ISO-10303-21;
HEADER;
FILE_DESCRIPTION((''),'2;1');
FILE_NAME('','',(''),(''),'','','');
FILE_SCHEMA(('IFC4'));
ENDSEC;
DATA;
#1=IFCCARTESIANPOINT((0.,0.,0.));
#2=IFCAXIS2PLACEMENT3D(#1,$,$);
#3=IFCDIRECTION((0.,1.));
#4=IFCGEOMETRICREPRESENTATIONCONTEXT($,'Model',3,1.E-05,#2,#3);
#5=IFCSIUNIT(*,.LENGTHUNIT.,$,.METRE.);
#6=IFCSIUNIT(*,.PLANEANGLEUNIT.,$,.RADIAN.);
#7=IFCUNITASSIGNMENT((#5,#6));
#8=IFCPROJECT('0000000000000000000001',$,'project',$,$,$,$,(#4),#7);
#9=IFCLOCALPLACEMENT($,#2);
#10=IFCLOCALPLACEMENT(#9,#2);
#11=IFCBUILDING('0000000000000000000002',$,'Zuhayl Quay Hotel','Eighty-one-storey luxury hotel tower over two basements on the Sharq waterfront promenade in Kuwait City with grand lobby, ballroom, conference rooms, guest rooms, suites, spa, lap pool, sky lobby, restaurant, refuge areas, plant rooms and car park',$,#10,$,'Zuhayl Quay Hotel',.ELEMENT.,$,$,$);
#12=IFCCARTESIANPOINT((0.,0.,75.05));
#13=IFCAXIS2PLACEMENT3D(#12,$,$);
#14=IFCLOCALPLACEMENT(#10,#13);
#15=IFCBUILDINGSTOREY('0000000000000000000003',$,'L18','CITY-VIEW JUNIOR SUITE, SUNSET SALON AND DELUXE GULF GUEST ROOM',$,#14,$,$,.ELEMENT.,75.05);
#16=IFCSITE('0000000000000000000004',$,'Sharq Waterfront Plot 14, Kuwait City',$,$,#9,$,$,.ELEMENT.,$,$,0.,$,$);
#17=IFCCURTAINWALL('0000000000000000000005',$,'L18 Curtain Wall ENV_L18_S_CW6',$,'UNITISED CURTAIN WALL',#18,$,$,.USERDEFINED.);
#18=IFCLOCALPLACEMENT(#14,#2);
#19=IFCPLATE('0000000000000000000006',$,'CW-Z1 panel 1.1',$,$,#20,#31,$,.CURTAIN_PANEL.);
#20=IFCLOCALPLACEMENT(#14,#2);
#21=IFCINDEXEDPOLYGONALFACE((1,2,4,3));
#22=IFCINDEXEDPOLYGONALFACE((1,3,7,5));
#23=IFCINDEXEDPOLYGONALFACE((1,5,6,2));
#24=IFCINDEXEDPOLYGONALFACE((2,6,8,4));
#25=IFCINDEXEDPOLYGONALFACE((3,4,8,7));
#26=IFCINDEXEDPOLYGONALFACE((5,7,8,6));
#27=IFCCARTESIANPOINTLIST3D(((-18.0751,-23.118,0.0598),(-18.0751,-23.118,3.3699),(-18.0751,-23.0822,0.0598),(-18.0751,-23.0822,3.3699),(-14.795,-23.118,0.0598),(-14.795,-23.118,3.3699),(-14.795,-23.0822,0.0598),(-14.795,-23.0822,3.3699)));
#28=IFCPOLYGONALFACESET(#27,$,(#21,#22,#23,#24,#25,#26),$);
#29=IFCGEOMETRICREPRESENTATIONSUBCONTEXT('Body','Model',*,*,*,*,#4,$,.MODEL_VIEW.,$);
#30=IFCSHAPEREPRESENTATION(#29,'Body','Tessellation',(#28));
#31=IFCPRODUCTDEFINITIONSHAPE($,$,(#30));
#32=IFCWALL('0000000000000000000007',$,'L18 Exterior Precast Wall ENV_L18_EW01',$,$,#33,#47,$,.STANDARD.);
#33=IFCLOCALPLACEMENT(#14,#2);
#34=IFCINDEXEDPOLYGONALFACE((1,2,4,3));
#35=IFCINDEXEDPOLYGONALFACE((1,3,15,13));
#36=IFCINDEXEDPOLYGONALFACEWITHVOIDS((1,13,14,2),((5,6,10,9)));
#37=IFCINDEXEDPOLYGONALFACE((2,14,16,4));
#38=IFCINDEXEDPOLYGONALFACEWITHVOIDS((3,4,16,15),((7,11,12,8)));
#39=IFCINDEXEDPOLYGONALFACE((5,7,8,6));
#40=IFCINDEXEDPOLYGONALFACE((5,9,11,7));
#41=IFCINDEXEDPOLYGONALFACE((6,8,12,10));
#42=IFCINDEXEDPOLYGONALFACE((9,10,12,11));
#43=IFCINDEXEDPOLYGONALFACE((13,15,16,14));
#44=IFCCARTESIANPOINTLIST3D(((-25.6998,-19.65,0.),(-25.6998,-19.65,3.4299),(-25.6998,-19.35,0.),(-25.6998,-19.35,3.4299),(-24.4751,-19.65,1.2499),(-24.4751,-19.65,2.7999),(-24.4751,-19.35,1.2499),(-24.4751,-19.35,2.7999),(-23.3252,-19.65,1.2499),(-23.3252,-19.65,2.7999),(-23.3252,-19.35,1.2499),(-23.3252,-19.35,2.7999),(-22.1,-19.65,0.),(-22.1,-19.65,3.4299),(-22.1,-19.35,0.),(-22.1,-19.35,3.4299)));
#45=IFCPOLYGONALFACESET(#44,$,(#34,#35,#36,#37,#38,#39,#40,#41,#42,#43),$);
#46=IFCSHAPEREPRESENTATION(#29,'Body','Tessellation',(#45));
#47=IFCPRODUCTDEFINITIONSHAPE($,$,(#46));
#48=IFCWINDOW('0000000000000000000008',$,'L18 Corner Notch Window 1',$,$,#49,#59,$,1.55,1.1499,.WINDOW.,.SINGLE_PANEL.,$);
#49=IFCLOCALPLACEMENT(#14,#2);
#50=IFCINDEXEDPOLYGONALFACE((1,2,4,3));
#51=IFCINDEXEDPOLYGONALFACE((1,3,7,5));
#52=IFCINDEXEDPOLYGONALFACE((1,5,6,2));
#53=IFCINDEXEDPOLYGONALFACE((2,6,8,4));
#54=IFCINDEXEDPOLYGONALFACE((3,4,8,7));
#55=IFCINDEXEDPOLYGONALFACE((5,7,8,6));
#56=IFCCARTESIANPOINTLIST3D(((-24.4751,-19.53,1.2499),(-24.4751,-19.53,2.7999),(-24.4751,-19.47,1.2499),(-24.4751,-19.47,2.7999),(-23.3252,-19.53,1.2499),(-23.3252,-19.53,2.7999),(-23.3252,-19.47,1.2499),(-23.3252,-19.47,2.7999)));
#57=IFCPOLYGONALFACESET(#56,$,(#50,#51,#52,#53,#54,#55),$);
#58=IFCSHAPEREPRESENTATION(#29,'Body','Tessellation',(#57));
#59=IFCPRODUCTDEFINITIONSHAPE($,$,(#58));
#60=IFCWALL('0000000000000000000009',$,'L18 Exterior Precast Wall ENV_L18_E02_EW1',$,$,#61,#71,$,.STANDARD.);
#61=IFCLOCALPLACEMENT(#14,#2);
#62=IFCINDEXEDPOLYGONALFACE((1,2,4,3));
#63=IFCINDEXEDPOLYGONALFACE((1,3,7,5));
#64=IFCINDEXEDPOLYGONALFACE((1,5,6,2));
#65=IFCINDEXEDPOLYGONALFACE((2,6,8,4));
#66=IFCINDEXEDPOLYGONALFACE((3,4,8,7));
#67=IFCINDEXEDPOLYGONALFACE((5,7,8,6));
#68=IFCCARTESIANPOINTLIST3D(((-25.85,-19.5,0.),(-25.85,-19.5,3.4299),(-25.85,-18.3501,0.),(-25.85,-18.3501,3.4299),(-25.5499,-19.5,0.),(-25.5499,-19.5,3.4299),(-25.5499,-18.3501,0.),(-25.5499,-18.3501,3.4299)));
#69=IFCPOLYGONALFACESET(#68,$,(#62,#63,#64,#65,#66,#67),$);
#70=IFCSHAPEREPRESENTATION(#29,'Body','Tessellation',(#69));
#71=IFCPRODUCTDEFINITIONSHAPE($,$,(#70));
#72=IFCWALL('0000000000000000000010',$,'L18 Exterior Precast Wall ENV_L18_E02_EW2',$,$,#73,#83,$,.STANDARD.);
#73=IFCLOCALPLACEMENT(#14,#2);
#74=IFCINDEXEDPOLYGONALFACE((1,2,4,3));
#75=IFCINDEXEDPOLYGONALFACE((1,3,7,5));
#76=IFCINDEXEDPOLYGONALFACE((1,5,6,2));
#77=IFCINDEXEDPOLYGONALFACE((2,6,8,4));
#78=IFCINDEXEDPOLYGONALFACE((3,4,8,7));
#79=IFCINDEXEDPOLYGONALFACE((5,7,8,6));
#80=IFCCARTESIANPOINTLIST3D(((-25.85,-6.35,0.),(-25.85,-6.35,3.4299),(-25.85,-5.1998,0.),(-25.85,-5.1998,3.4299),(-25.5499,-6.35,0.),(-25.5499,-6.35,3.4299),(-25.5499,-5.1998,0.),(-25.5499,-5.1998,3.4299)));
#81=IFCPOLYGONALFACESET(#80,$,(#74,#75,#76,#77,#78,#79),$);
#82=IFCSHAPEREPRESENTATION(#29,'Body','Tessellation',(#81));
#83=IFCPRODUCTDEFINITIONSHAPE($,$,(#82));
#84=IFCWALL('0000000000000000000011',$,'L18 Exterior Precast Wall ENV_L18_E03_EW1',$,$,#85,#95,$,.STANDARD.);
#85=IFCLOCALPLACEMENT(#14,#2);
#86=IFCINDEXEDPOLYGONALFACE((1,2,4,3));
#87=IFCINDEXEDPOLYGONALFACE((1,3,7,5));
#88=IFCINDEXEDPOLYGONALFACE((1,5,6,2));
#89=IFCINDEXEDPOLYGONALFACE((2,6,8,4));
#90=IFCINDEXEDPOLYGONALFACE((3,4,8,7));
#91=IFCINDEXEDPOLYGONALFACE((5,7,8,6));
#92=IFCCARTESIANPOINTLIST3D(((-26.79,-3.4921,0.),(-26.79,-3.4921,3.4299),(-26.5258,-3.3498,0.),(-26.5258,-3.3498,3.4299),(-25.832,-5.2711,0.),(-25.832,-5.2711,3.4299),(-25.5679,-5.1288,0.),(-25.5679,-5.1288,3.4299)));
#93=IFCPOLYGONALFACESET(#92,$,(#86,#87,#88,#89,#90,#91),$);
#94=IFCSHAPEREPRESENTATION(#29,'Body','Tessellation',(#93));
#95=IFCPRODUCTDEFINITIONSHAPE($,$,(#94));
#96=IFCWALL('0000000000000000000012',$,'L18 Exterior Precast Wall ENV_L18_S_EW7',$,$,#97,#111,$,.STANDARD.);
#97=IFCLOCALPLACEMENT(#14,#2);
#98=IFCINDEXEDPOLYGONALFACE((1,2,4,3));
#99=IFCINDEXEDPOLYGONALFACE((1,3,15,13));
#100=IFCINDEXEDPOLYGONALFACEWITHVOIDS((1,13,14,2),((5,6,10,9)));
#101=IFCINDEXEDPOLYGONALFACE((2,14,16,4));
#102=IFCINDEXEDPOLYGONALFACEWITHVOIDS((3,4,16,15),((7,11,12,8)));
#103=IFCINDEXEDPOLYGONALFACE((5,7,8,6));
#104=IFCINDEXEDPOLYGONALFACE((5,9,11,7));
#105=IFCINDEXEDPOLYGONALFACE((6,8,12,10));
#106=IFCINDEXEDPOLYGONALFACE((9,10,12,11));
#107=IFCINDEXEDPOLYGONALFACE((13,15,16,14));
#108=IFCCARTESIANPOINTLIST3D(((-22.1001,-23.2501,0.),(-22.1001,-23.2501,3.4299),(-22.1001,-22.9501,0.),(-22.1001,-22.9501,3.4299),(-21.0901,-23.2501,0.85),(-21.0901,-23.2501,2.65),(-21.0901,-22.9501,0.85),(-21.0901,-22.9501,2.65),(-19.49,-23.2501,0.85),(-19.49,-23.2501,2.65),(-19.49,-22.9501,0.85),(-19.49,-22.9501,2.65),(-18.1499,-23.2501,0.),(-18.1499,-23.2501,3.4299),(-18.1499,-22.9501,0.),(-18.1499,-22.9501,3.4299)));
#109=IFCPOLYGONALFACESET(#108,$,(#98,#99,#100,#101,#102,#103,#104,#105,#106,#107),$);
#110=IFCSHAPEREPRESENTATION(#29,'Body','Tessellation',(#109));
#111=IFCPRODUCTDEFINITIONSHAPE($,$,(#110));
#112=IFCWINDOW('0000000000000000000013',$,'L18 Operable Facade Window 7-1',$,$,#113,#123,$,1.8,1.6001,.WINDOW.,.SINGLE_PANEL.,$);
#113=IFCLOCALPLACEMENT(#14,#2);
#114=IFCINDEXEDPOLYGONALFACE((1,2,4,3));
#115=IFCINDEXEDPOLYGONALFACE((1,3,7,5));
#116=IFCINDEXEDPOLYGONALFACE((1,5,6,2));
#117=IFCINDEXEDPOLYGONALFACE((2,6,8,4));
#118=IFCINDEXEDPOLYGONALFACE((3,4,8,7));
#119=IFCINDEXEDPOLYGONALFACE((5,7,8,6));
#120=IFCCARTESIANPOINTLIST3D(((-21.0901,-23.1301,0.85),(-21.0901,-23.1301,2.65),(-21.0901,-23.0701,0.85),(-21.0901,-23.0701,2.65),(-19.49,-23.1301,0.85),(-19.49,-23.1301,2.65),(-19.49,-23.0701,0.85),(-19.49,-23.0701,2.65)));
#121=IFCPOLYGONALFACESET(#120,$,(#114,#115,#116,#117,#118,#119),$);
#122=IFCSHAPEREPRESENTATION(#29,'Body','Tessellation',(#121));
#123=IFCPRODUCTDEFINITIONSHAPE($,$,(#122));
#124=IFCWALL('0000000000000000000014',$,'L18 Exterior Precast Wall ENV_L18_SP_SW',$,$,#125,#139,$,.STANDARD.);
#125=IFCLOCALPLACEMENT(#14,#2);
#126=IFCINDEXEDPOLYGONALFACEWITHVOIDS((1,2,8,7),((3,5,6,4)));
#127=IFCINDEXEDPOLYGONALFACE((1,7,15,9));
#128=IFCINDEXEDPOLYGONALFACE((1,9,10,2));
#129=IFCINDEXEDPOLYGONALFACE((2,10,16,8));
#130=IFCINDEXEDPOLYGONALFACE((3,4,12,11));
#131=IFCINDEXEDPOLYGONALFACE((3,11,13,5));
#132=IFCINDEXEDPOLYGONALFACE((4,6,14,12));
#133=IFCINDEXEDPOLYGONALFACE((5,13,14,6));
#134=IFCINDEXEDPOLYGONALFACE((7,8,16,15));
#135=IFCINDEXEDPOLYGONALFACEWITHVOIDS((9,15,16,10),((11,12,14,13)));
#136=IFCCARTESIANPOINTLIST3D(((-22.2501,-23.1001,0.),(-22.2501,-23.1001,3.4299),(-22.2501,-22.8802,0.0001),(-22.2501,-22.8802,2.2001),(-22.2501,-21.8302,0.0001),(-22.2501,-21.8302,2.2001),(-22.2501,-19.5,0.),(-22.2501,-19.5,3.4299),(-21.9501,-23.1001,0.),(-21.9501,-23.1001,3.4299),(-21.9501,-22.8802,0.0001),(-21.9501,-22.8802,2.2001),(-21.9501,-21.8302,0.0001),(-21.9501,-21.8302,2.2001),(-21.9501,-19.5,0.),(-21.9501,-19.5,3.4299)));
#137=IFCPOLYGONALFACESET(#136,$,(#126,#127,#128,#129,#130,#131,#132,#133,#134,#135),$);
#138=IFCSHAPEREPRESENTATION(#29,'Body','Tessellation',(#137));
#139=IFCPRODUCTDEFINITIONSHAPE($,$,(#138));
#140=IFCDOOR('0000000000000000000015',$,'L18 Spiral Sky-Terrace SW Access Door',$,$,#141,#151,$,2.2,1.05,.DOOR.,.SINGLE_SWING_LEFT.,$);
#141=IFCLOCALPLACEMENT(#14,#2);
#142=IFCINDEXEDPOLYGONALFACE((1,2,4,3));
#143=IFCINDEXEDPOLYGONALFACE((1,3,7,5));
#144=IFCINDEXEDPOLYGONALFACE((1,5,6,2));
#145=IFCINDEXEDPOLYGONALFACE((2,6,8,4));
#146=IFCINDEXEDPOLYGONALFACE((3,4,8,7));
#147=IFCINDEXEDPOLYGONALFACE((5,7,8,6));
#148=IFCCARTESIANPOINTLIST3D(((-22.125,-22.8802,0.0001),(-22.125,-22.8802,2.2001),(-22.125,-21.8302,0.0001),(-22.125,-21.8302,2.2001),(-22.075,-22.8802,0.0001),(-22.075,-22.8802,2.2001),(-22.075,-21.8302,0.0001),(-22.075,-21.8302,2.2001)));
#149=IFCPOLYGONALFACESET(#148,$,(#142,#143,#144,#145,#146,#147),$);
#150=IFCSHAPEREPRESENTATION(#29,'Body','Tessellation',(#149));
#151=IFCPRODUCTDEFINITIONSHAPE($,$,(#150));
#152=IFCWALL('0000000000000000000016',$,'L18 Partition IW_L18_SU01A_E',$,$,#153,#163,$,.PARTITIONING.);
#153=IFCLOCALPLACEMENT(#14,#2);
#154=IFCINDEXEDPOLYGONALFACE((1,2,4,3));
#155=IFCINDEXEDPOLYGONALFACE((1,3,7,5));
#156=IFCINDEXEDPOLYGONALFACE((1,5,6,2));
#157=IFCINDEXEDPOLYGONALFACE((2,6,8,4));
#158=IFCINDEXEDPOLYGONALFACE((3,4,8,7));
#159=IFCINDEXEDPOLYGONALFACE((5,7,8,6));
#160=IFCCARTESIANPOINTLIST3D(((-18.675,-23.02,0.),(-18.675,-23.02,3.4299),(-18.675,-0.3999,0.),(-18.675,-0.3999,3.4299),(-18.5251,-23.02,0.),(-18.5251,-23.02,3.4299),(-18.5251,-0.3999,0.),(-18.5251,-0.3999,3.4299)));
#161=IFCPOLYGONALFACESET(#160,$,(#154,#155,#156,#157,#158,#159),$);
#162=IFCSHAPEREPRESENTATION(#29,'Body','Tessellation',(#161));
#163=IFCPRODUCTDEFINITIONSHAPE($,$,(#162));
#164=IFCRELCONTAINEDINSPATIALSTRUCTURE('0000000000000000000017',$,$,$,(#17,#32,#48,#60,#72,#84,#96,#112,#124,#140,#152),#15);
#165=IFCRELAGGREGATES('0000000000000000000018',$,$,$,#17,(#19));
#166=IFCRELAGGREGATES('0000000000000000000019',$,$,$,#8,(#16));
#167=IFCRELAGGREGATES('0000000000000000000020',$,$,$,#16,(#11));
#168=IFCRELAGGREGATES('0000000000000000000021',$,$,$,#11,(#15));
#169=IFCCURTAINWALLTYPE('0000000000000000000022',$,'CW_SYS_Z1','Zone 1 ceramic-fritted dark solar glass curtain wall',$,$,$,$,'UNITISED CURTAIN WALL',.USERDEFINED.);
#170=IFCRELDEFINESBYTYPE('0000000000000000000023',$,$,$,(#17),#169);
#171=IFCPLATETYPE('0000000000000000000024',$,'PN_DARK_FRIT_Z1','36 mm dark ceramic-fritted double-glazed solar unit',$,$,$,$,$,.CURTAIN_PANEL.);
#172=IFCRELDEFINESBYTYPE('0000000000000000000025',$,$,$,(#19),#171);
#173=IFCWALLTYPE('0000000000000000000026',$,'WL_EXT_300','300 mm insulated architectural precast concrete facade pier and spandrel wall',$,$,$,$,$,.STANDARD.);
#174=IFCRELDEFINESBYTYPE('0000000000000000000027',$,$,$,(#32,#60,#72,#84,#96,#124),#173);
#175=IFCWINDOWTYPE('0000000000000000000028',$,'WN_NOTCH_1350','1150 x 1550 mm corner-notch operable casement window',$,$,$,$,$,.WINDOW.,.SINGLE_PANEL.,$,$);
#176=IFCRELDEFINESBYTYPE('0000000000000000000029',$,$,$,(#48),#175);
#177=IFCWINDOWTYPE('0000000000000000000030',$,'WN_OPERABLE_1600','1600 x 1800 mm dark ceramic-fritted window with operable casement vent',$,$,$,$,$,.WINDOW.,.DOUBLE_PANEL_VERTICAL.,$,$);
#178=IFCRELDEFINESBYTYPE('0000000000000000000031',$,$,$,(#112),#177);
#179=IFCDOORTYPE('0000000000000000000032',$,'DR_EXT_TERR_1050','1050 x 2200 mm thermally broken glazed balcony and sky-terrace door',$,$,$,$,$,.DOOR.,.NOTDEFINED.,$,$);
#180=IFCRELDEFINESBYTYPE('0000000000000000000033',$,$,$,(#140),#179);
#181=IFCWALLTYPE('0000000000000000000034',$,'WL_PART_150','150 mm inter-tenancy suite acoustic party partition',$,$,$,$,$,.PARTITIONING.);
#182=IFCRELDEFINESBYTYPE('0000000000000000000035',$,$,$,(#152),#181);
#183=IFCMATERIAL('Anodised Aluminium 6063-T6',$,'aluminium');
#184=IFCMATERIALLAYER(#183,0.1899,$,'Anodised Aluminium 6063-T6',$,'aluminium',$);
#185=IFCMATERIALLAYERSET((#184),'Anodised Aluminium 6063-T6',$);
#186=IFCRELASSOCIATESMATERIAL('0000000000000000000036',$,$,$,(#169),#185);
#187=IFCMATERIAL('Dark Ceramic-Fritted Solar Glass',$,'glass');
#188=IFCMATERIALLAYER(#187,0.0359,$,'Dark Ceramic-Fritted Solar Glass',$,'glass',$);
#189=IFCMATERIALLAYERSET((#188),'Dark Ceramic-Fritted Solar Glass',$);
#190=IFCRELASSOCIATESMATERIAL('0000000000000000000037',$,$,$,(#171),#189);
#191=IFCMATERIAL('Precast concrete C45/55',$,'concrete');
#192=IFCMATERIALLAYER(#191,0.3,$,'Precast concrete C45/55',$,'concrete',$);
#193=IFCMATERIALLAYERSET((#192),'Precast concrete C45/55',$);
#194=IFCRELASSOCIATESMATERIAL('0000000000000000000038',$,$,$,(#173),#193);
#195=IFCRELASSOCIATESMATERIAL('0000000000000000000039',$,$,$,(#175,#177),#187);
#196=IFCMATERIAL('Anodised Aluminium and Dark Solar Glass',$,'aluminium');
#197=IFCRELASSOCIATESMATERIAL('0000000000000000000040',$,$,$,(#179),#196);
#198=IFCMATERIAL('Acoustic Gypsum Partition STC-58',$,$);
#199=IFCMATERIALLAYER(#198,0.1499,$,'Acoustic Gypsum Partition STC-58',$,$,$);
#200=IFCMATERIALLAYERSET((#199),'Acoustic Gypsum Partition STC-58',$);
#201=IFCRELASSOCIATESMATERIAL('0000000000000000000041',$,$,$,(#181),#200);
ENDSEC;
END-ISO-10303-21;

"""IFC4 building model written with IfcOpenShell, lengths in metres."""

from ifc_helpers import new_model, si_unit, direction, frame, frame_2d, origin, origin_2d, place, context, subcontext, project, spatial, rectangle, extrude, material, layer, layer_set, type_object, element, fill, aggregate, save


model = new_model("IFC4")

# Units and contexts
model_context = context("Model", 3, precision=1e-05, world=origin(), true_north=direction((0.0, 1.0)))
body_context = subcontext(model_context, "Body", "Model", "MODEL_VIEW")
ifc_project = project(units=[si_unit("LENGTHUNIT", "METRE"), si_unit("PLANEANGLEUNIT", "RADIAN")], contexts=[model_context])

# Site, building, storey
site_placement = place(None, origin())
site = spatial("IfcSite", under=ifc_project, at=site_placement, Name="Sharq Waterfront Plot 14, Kuwait City", CompositionType="ELEMENT", RefElevation=0.0)
building_placement = place(site_placement, origin())
building = spatial("IfcBuilding", under=site, at=building_placement, Name="Zuhayl Quay Hotel", Description="Eighty-one-storey luxury hotel tower over two basements on the Sharq waterfront promenade in Kuwait City with grand lobby, ballroom, conference rooms, guest rooms, suites, spa, lap pool, sky lobby, restaurant, refuge areas, plant rooms and car park", LongName="Zuhayl Quay Hotel", CompositionType="ELEMENT")
storey_placement = place(building_placement, frame((0.0, 0.0, 75.05)))
storey = spatial("IfcBuildingStorey", under=building, at=storey_placement, Name="L18", Description="CITY-VIEW JUNIOR SUITE, SUNSET SALON AND DELUXE GULF GUEST ROOM", CompositionType="ELEMENT", Elevation=75.05)

# Shared definitions
ifc_material_1 = material(Name="Anodised Aluminium 6063-T6", Category="aluminium")
ifc_layer_1 = layer(ifc_material_1, 0.1899, Name="Anodised Aluminium 6063-T6", Category="aluminium")
ifc_layer_set_1 = layer_set([ifc_layer_1], Name="Anodised Aluminium 6063-T6")
curtain_wall_type = type_object("IfcCurtainWallType", Name="CW_SYS_Z1", Description="Zone 1 ceramic-fritted dark solar glass curtain wall", ElementType="UNITISED CURTAIN WALL", PredefinedType="USERDEFINED", material=ifc_layer_set_1)

# Curtain wall
curtain_wall_1_placement = place(storey_placement, origin())
curtain_wall_1 = element("IfcCurtainWall", 1, at=curtain_wall_1_placement, inside=storey, type_object=curtain_wall_type, Name="L18 Curtain Wall ENV_L18_S_CW6", ObjectType="UNITISED CURTAIN WALL", PredefinedType="USERDEFINED")

# Plate
ifc_material_2 = material(Name="Dark Ceramic-Fritted Solar Glass", Category="glass")
ifc_layer_2 = layer(ifc_material_2, 0.0359, Name="Dark Ceramic-Fritted Solar Glass", Category="glass")
ifc_layer_set_2 = layer_set([ifc_layer_2], Name="Dark Ceramic-Fritted Solar Glass")
plate_type = type_object("IfcPlateType", Name="PN_DARK_FRIT_Z1", Description="36 mm dark ceramic-fritted double-glazed solar unit", PredefinedType="CURTAIN_PANEL", material=ifc_layer_set_2)
plate_1_placement = place(storey_placement, frame((-16.4351, -23.1001, 0.0598), z_axis=(0.0, 0.0, 1.0), x_axis=(-1.0, 0.0, 0.0)))
plate_1 = element("IfcPlate", 2, at=plate_1_placement, type_object=plate_type, Name="CW-Z1 panel 1.1", PredefinedType="CURTAIN_PANEL", context=body_context, shape_type="SweptSolid", body=[
    extrude(rectangle(XDim=3.28, YDim=0.0359, at=origin_2d()), origin(), (0.0, 0.0, 1.0), 3.3101),
])
aggregate(curtain_wall_1, [plate_1])

# Wall, opening, window
ifc_material_3 = material(Name="Precast concrete C45/55", Category="concrete")
ifc_layer_3 = layer(ifc_material_3, 0.3, Name="Precast concrete C45/55", Category="concrete")
ifc_layer_set_3 = layer_set([ifc_layer_3], Name="Precast concrete C45/55")
wall_type_1 = type_object("IfcWallType", Name="WL_EXT_300", Description="300 mm insulated architectural precast concrete facade pier and spandrel wall", PredefinedType="STANDARD", material=ifc_layer_set_3)
wall_1_placement = place(storey_placement, frame((-22.1001, -19.5, 0.0), z_axis=(0.0, 0.0, 1.0), x_axis=(-1.0, 0.0, 0.0)))
wall_1 = element("IfcWall", 3, at=wall_1_placement, inside=storey, type_object=wall_type_1, Name="L18 Exterior Precast Wall ENV_L18_EW01", PredefinedType="STANDARD", context=body_context, shape_type="SweptSolid", body=[
    extrude(rectangle(XDim=3.5999, YDim=0.3, at=frame_2d((1.7998, 0.0))), origin(), (0.0, 0.0, 1.0), 3.4299),
])
opening_1_placement = place(wall_1_placement, frame((1.2251, 0.0, 1.25)))
opening_1 = element("IfcOpeningElement", 4, at=opening_1_placement, cuts=wall_1, PredefinedType="OPENING", context=body_context, shape_type="SweptSolid", body=[
    extrude(rectangle(XDim=1.1499, YDim=1.55, at=frame_2d((0.575, 0.7749))), frame((0.0, 0.1599, 0.0), z_axis=(0.0, -1.0, 0.0), x_axis=(1.0, 0.0, 0.0)), (0.0, 0.0, 1.0), 0.3201),
])
window_type_1 = type_object("IfcWindowType", Name="WN_NOTCH_1350", Description="1150 x 1550 mm corner-notch operable casement window", PartitioningType="SINGLE_PANEL", PredefinedType="WINDOW", material=ifc_material_2)
window_1_placement = place(opening_1_placement, origin())
window_1 = element("IfcWindow", 5, at=window_1_placement, inside=storey, type_object=window_type_1, Name="L18 Corner Notch Window 1", OverallHeight=1.55, OverallWidth=1.1499, PartitioningType="SINGLE_PANEL", PredefinedType="WINDOW", context=body_context, shape_type="SweptSolid", body=[
    extrude(rectangle(XDim=1.1499, YDim=1.55, at=frame_2d((0.575, 0.7749))), frame((0.0, 0.03, 0.0), z_axis=(0.0, -1.0, 0.0), x_axis=(1.0, 0.0, 0.0)), (0.0, 0.0, 1.0), 0.0601),
])
fill(opening_1, window_1)

# Walls
wall_2_placement = place(storey_placement, frame((-25.7, -19.5, 0.0), z_axis=(0.0, 0.0, 1.0), x_axis=(0.0, 1.0, 0.0)))
element("IfcWall", 6, at=wall_2_placement, inside=storey, type_object=wall_type_1, Name="L18 Exterior Precast Wall ENV_L18_E02_EW1", PredefinedType="STANDARD", context=body_context, shape_type="SweptSolid", body=[
    extrude(rectangle(XDim=1.1499, YDim=0.3, at=frame_2d((0.575, 0.0))), origin(), (0.0, 0.0, 1.0), 3.4299),
])
wall_3_placement = place(storey_placement, frame((-25.7, -6.3501, 0.0), z_axis=(0.0, 0.0, 1.0), x_axis=(0.0, 1.0, 0.0)))
element("IfcWall", 7, at=wall_3_placement, inside=storey, type_object=wall_type_1, Name="L18 Exterior Precast Wall ENV_L18_E02_EW2", PredefinedType="STANDARD", context=body_context, shape_type="SweptSolid", body=[
    extrude(rectangle(XDim=1.1501, YDim=0.3, at=frame_2d((0.5752, 0.0))), origin(), (0.0, 0.0, 1.0), 3.4299),
])
wall_4_placement = place(storey_placement, frame((-25.7, -5.2, 0.0), z_axis=(0.0, 0.0, 1.0), x_axis=(-0.474121, 0.880459, 0.0)))
element("IfcWall", 8, at=wall_4_placement, inside=storey, type_object=wall_type_1, Name="L18 Exterior Precast Wall ENV_L18_E03_EW1", PredefinedType="STANDARD", context=body_context, shape_type="SweptSolid", body=[
    extrude(rectangle(XDim=2.0205, YDim=0.3, at=frame_2d((1.0103, 0.0))), origin(), (0.0, 0.0, 1.0), 3.4299),
])

# Wall, opening, window
wall_5_placement = place(storey_placement, frame((-18.1499, -23.1001, 0.0), z_axis=(0.0, 0.0, 1.0), x_axis=(-1.0, 0.0, 0.0)))
wall_5 = element("IfcWall", 9, at=wall_5_placement, inside=storey, type_object=wall_type_1, Name="L18 Exterior Precast Wall ENV_L18_S_EW7", PredefinedType="STANDARD", context=body_context, shape_type="SweptSolid", body=[
    extrude(rectangle(XDim=3.9502, YDim=0.3, at=frame_2d((1.9751, 0.0))), origin(), (0.0, 0.0, 1.0), 3.4299),
])
opening_2_placement = place(wall_5_placement, frame((1.3401, 0.0, 0.8501)))
opening_2 = element("IfcOpeningElement", 10, at=opening_2_placement, cuts=wall_5, PredefinedType="OPENING", context=body_context, shape_type="SweptSolid", body=[
    extrude(rectangle(XDim=1.6001, YDim=1.8, at=frame_2d((0.8, 0.8999))), frame((0.0, 0.1599, 0.0), z_axis=(0.0, -1.0, 0.0), x_axis=(1.0, 0.0, 0.0)), (0.0, 0.0, 1.0), 0.3201),
])
window_type_2 = type_object("IfcWindowType", Name="WN_OPERABLE_1600", Description="1600 x 1800 mm dark ceramic-fritted window with operable casement vent", PartitioningType="DOUBLE_PANEL_VERTICAL", PredefinedType="WINDOW", material=ifc_material_2)
window_2_placement = place(opening_2_placement, origin())
window_2 = element("IfcWindow", 11, at=window_2_placement, inside=storey, type_object=window_type_2, Name="L18 Operable Facade Window 7-1", OverallHeight=1.8, OverallWidth=1.6001, PartitioningType="SINGLE_PANEL", PredefinedType="WINDOW", context=body_context, shape_type="SweptSolid", body=[
    extrude(rectangle(XDim=1.6001, YDim=1.8, at=frame_2d((0.8, 0.8999))), frame((0.0, 0.03, 0.0), z_axis=(0.0, -1.0, 0.0), x_axis=(1.0, 0.0, 0.0)), (0.0, 0.0, 1.0), 0.0601),
])
fill(opening_2, window_2)

# Wall, opening, door
wall_6_placement = place(storey_placement, frame((-22.1001, -23.1001, 0.0), z_axis=(0.0, 0.0, 1.0), x_axis=(0.0, 1.0, 0.0)))
wall_6 = element("IfcWall", 12, at=wall_6_placement, inside=storey, type_object=wall_type_1, Name="L18 Exterior Precast Wall ENV_L18_SP_SW", PredefinedType="STANDARD", context=body_context, shape_type="SweptSolid", body=[
    extrude(rectangle(XDim=3.6001, YDim=0.3, at=frame_2d((1.8, 0.0))), origin(), (0.0, 0.0, 1.0), 3.4299),
])
opening_3_placement = place(wall_6_placement, frame((0.22, 0.0, 0.0)))
opening_3 = element("IfcOpeningElement", 13, at=opening_3_placement, cuts=wall_6, PredefinedType="OPENING", context=body_context, shape_type="SweptSolid", body=[
    extrude(rectangle(XDim=1.05, YDim=2.2, at=frame_2d((0.5249, 1.1001))), frame((0.0, 0.1599, 0.0), z_axis=(0.0, -1.0, 0.0), x_axis=(1.0, 0.0, 0.0)), (0.0, 0.0, 1.0), 0.3201),
])
ifc_material_4 = material(Name="Anodised Aluminium and Dark Solar Glass", Category="aluminium")
door_type = type_object("IfcDoorType", Name="DR_EXT_TERR_1050", Description="1050 x 2200 mm thermally broken glazed balcony and sky-terrace door", OperationType="NOTDEFINED", PredefinedType="DOOR", material=ifc_material_4)
door_placement = place(opening_3_placement, origin())
door = element("IfcDoor", 14, at=door_placement, inside=storey, type_object=door_type, Name="L18 Spiral Sky-Terrace SW Access Door", OperationType="SINGLE_SWING_LEFT", OverallHeight=2.2, OverallWidth=1.05, PredefinedType="DOOR", context=body_context, shape_type="SweptSolid", body=[
    extrude(rectangle(XDim=1.05, YDim=2.2, at=frame_2d((0.5249, 1.1001))), frame((0.0, 0.0249, 0.0), z_axis=(0.0, -1.0, 0.0), x_axis=(1.0, 0.0, 0.0)), (0.0, 0.0, 1.0), 0.05),
])
fill(opening_3, door)

# Wall
ifc_material_5 = material(Name="Acoustic Gypsum Partition STC-58")
ifc_layer_4 = layer(ifc_material_5, 0.1499, Name="Acoustic Gypsum Partition STC-58")
ifc_layer_set_4 = layer_set([ifc_layer_4], Name="Acoustic Gypsum Partition STC-58")
wall_type_2 = type_object("IfcWallType", Name="WL_PART_150", Description="150 mm inter-tenancy suite acoustic party partition", PredefinedType="PARTITIONING", material=ifc_layer_set_4)
wall_7_placement = place(storey_placement, frame((-18.6001, -23.02, 0.0), z_axis=(0.0, 0.0, 1.0), x_axis=(0.0, 1.0, 0.0)))
element("IfcWall", 15, at=wall_7_placement, inside=storey, type_object=wall_type_2, Name="L18 Partition IW_L18_SU01A_E", PredefinedType="PARTITIONING", context=body_context, shape_type="SweptSolid", body=[
    extrude(rectangle(XDim=22.6201, YDim=0.1499, at=frame_2d((11.3101, 0.0))), origin(), (0.0, 0.0, 1.0), 3.4299),
])

save(model, "model.ifc")
